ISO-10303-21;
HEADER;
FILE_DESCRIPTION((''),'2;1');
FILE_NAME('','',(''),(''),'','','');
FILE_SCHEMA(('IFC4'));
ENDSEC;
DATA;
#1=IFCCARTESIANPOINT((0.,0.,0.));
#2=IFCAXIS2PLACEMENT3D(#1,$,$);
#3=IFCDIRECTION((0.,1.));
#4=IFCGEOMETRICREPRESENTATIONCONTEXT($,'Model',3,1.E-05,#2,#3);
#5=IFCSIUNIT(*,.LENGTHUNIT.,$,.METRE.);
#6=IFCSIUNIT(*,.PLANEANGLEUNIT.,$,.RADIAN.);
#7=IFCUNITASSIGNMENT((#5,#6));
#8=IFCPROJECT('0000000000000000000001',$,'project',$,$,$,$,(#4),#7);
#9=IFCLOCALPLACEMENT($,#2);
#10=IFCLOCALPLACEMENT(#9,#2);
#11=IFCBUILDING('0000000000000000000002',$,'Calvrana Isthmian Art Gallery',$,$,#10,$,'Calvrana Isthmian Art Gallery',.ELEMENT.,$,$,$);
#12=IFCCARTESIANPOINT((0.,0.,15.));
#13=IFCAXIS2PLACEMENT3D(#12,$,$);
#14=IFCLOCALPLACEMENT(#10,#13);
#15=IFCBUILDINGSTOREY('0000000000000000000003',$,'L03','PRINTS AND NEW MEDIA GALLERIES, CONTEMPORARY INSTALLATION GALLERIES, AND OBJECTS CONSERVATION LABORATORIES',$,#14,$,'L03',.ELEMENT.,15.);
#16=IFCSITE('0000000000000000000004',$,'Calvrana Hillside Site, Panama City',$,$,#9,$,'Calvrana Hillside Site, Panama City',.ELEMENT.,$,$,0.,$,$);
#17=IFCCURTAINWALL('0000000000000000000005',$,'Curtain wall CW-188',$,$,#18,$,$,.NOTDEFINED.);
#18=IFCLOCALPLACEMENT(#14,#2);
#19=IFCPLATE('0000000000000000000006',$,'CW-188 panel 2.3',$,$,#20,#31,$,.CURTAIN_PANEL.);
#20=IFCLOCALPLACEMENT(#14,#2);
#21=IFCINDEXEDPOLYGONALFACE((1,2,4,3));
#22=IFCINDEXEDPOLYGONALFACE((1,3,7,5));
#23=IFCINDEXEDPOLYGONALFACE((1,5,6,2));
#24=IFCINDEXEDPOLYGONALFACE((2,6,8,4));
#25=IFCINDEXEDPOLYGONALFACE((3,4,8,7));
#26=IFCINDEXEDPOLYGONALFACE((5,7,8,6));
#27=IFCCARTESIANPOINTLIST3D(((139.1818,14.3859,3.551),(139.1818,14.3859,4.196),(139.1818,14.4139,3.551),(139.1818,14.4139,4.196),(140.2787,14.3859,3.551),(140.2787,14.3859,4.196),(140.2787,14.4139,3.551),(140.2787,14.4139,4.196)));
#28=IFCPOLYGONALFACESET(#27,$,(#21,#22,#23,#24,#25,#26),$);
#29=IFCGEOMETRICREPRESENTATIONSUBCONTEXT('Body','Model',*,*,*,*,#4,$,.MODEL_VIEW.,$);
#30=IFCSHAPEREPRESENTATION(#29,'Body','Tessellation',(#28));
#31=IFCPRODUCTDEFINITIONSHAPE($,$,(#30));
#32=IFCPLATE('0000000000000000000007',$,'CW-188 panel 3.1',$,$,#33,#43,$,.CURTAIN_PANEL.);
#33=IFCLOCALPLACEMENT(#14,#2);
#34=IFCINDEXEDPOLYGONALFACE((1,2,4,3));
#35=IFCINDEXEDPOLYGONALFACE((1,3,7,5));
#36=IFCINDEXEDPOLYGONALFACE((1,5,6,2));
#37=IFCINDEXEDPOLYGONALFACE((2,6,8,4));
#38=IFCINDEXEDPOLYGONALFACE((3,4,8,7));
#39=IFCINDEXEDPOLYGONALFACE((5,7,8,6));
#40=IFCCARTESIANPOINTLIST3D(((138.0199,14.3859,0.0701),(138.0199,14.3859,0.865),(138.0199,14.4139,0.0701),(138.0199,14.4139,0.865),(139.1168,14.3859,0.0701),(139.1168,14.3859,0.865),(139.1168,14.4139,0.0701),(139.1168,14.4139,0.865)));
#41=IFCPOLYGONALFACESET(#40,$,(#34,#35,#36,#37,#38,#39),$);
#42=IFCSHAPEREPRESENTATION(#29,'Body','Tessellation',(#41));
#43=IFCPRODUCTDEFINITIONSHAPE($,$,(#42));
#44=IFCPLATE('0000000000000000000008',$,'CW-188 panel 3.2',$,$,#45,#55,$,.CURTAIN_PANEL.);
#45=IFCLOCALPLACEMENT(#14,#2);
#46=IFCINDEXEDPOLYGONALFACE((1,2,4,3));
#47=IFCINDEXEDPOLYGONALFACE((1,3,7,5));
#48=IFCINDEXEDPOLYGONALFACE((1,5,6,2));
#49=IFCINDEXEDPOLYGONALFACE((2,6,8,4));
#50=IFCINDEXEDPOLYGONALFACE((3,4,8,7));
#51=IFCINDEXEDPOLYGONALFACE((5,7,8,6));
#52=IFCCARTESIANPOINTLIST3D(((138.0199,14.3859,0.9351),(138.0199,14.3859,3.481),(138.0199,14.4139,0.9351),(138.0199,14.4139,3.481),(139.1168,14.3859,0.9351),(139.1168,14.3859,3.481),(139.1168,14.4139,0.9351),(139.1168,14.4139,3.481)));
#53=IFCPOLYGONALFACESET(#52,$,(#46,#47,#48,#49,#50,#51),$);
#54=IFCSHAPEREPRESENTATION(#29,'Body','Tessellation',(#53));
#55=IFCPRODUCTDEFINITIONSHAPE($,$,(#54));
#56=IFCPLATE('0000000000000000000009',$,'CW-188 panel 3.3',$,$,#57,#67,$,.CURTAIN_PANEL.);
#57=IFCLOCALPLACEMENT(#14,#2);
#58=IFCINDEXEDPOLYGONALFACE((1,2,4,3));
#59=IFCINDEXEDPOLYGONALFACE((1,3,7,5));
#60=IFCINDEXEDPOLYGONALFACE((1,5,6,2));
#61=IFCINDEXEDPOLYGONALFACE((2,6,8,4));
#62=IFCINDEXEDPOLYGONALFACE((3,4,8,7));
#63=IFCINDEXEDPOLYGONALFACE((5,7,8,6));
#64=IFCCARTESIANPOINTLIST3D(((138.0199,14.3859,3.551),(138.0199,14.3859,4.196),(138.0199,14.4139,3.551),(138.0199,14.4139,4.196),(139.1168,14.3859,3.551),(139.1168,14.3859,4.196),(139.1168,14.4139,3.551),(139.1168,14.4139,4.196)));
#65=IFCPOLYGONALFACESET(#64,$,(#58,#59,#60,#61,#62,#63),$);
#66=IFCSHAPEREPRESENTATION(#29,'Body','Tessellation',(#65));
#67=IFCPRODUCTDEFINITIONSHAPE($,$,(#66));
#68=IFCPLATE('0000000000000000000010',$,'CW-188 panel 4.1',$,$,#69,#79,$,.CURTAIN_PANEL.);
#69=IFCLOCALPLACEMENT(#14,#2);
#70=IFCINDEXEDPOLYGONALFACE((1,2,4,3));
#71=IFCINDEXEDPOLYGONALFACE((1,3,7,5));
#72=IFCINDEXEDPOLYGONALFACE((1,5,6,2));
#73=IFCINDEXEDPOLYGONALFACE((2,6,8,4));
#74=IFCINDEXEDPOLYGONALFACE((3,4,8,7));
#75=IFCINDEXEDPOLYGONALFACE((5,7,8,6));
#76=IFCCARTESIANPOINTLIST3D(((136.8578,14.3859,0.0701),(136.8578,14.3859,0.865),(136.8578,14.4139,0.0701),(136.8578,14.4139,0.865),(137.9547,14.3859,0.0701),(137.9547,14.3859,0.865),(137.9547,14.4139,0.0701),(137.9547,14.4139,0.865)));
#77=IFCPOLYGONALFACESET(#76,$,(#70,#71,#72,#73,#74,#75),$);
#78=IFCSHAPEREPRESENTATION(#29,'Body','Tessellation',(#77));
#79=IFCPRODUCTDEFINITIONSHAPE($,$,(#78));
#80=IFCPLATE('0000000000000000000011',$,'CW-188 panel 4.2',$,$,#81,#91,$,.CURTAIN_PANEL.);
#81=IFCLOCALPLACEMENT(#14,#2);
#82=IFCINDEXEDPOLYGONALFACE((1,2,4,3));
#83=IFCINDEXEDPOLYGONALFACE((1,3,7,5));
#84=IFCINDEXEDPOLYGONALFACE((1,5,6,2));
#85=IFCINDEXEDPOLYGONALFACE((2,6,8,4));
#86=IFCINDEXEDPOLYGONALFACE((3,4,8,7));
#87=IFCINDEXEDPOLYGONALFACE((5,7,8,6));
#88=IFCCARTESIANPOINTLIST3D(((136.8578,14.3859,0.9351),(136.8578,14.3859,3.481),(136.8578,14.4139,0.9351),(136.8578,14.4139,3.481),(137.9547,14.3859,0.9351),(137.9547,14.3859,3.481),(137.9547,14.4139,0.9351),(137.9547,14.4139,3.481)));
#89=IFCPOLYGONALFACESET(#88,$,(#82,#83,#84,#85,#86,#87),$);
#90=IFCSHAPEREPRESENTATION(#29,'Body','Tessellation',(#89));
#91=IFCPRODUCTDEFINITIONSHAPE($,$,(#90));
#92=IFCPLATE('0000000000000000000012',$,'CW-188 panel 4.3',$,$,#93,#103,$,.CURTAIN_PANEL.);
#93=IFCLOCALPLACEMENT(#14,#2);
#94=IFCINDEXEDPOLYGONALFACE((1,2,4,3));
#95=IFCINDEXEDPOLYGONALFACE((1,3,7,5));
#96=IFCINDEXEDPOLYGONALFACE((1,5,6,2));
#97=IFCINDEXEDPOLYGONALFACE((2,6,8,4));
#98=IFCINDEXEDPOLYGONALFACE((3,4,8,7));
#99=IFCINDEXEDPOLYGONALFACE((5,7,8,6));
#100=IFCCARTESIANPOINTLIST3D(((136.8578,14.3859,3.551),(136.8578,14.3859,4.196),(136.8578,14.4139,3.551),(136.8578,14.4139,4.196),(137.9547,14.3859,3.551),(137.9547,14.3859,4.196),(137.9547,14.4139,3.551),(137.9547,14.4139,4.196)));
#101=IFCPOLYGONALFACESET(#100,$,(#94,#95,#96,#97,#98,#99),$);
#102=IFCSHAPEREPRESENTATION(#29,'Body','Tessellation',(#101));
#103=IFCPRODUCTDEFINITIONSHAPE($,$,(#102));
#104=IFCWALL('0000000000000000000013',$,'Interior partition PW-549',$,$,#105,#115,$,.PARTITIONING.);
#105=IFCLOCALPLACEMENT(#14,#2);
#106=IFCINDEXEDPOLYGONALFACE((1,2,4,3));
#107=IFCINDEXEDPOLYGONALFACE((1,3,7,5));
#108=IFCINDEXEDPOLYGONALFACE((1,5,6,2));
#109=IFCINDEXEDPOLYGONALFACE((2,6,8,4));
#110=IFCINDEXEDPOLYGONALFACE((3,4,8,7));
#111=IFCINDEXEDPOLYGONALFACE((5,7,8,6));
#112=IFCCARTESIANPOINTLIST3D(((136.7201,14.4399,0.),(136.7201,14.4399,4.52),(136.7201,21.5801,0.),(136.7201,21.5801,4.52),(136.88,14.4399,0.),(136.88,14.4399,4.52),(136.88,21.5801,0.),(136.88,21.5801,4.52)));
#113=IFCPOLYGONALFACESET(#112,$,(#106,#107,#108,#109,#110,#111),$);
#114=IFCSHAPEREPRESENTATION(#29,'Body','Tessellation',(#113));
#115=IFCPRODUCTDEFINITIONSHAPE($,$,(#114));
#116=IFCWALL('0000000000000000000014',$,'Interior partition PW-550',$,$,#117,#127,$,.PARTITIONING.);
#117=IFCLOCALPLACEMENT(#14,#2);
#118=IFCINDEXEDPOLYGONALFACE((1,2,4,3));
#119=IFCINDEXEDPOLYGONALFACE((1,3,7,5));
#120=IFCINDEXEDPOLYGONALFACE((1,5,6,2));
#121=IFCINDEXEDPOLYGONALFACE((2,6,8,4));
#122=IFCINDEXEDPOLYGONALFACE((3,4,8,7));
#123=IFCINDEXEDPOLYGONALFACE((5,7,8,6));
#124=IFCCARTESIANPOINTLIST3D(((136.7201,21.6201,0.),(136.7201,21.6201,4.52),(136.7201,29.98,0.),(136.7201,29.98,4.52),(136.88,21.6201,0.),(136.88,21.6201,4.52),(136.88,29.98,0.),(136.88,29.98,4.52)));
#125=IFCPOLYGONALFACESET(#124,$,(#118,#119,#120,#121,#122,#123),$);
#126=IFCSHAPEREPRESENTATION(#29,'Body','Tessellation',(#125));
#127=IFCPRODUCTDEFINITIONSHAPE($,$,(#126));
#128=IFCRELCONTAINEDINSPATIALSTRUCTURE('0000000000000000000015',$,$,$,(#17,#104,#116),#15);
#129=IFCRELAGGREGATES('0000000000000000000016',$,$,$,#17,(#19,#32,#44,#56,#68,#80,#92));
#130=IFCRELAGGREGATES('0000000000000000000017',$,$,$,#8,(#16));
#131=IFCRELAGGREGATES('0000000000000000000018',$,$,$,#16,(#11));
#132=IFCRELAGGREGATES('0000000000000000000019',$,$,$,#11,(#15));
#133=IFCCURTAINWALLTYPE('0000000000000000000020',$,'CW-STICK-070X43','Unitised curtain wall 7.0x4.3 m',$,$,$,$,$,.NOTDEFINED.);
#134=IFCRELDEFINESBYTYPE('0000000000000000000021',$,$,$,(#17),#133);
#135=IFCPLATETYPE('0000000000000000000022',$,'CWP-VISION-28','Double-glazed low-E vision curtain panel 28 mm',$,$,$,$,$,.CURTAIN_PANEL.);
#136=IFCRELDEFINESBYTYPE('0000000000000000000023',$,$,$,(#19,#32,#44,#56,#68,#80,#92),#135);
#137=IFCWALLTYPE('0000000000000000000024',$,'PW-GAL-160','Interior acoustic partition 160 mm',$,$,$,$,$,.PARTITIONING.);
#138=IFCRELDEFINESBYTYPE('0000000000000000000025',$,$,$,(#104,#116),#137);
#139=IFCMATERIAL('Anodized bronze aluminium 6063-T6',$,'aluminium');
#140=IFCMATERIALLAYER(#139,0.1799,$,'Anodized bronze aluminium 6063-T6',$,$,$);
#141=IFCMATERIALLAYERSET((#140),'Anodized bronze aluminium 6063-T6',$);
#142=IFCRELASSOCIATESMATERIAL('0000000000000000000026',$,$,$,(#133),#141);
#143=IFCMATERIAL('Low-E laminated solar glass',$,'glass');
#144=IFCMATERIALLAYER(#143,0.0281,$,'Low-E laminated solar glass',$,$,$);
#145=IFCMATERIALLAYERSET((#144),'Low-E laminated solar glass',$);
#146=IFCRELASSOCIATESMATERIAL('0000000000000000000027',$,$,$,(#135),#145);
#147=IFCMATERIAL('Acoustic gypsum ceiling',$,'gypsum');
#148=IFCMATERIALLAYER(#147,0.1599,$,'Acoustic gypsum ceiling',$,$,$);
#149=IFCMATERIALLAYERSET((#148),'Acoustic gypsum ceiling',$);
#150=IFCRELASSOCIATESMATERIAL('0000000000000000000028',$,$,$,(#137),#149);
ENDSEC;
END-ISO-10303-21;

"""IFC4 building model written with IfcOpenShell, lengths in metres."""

from ifc_helpers import new_model, si_unit, direction, frame, frame_2d, origin, origin_2d, place, context, subcontext, project, spatial, rectangle, extrude, material, layer, layer_set, type_object, element, aggregate, save


model = new_model("IFC4")

# Units and contexts
model_context = context("Model", 3, precision=1e-05, world=origin(), true_north=direction((0.0, 1.0)))
body_context = subcontext(model_context, "Body", "Model", "MODEL_VIEW")
ifc_project = project(units=[si_unit("LENGTHUNIT", "METRE"), si_unit("PLANEANGLEUNIT", "RADIAN")], contexts=[model_context])

# Site, building, storey
site_placement = place(None, origin())
site = spatial("IfcSite", under=ifc_project, at=site_placement, Name="Calvrana Hillside Site, Panama City", LongName="Calvrana Hillside Site, Panama City", CompositionType="ELEMENT", RefElevation=0.0)
building_placement = place(site_placement, origin())
building = spatial("IfcBuilding", under=site, at=building_placement, Name="Calvrana Isthmian Art Gallery", LongName="Calvrana Isthmian Art Gallery", CompositionType="ELEMENT")
storey_placement = place(building_placement, frame((0.0, 0.0, 15.0)))
storey = spatial("IfcBuildingStorey", under=building, at=storey_placement, Name="L03", Description="PRINTS AND NEW MEDIA GALLERIES, CONTEMPORARY INSTALLATION GALLERIES, AND OBJECTS CONSERVATION LABORATORIES", LongName="L03", CompositionType="ELEMENT", Elevation=15.0)

# Curtain wall, plates
ifc_material_1 = material(Name="Anodized bronze aluminium 6063-T6", Category="aluminium")
ifc_layer_1 = layer(ifc_material_1, 0.1799, Name="Anodized bronze aluminium 6063-T6")
ifc_layer_set_1 = layer_set([ifc_layer_1], Name="Anodized bronze aluminium 6063-T6")
curtain_wall_type = type_object("IfcCurtainWallType", Name="CW-STICK-070X43", Description="Unitised curtain wall 7.0x4.3 m", PredefinedType="NOTDEFINED", material=ifc_layer_set_1)
curtain_wall_placement = place(storey_placement, origin())
curtain_wall = element("IfcCurtainWall", 1, at=curtain_wall_placement, inside=storey, type_object=curtain_wall_type, Name="Curtain wall CW-188", PredefinedType="NOTDEFINED")
ifc_material_2 = material(Name="Low-E laminated solar glass", Category="glass")
ifc_layer_2 = layer(ifc_material_2, 0.0281, Name="Low-E laminated solar glass")
ifc_layer_set_2 = layer_set([ifc_layer_2], Name="Low-E laminated solar glass")
plate_type = type_object("IfcPlateType", Name="CWP-VISION-28", Description="Double-glazed low-E vision curtain panel 28 mm", PredefinedType="CURTAIN_PANEL", material=ifc_layer_set_2)
plate_1_placement = place(storey_placement, frame((139.7302, 14.3999, 3.551), z_axis=(0.0, 0.0, 1.0), x_axis=(-1.0, 0.0, 0.0)))
plate_1 = element("IfcPlate", 2, at=plate_1_placement, type_object=plate_type, Name="CW-188 panel 2.3", PredefinedType="CURTAIN_PANEL", context=body_context, shape_type="SweptSolid", body=[
    extrude(rectangle(XDim=1.0969, YDim=0.0281, at=origin_2d()), origin(), (0.0, 0.0, 1.0), 0.645),
])
plate_2_placement = place(storey_placement, frame((138.5684, 14.3999, 0.0701), z_axis=(0.0, 0.0, 1.0), x_axis=(-1.0, 0.0, 0.0)))
plate_2 = element("IfcPlate", 3, at=plate_2_placement, type_object=plate_type, Name="CW-188 panel 3.1", PredefinedType="CURTAIN_PANEL", context=body_context, shape_type="SweptSolid", body=[
    extrude(rectangle(XDim=1.0969, YDim=0.0281, at=origin_2d()), origin(), (0.0, 0.0, 1.0), 0.7949),
])
plate_3_placement = place(storey_placement, frame((138.5684, 14.3999, 0.9351), z_axis=(0.0, 0.0, 1.0), x_axis=(-1.0, 0.0, 0.0)))
plate_3 = element("IfcPlate", 4, at=plate_3_placement, type_object=plate_type, Name="CW-188 panel 3.2", PredefinedType="CURTAIN_PANEL", context=body_context, shape_type="SweptSolid", body=[
    extrude(rectangle(XDim=1.0969, YDim=0.0281, at=origin_2d()), origin(), (0.0, 0.0, 1.0), 2.5459),
])
plate_4_placement = place(storey_placement, frame((138.5684, 14.3999, 3.551), z_axis=(0.0, 0.0, 1.0), x_axis=(-1.0, 0.0, 0.0)))
plate_4 = element("IfcPlate", 5, at=plate_4_placement, type_object=plate_type, Name="CW-188 panel 3.3", PredefinedType="CURTAIN_PANEL", context=body_context, shape_type="SweptSolid", body=[
    extrude(rectangle(XDim=1.0969, YDim=0.0281, at=origin_2d()), origin(), (0.0, 0.0, 1.0), 0.645),
])
plate_5_placement = place(storey_placement, frame((137.4062, 14.3999, 0.0701), z_axis=(0.0, 0.0, 1.0), x_axis=(-1.0, 0.0, 0.0)))
plate_5 = element("IfcPlate", 6, at=plate_5_placement, type_object=plate_type, Name="CW-188 panel 4.1", PredefinedType="CURTAIN_PANEL", context=body_context, shape_type="SweptSolid", body=[
    extrude(rectangle(XDim=1.0969, YDim=0.0281, at=origin_2d()), origin(), (0.0, 0.0, 1.0), 0.7949),
])
plate_6_placement = place(storey_placement, frame((137.4062, 14.3999, 0.9351), z_axis=(0.0, 0.0, 1.0), x_axis=(-1.0, 0.0, 0.0)))
plate_6 = element("IfcPlate", 7, at=plate_6_placement, type_object=plate_type, Name="CW-188 panel 4.2", PredefinedType="CURTAIN_PANEL", context=body_context, shape_type="SweptSolid", body=[
    extrude(rectangle(XDim=1.0969, YDim=0.0281, at=origin_2d()), origin(), (0.0, 0.0, 1.0), 2.5459),
])
plate_7_placement = place(storey_placement, frame((137.4062, 14.3999, 3.551), z_axis=(0.0, 0.0, 1.0), x_axis=(-1.0, 0.0, 0.0)))
plate_7 = element("IfcPlate", 8, at=plate_7_placement, type_object=plate_type, Name="CW-188 panel 4.3", PredefinedType="CURTAIN_PANEL", context=body_context, shape_type="SweptSolid", body=[
    extrude(rectangle(XDim=1.0969, YDim=0.0281, at=origin_2d()), origin(), (0.0, 0.0, 1.0), 0.645),
])
aggregate(curtain_wall, [plate_1, plate_2, plate_3, plate_4, plate_5, plate_6, plate_7])

# Walls
ifc_material_3 = material(Name="Acoustic gypsum ceiling", Category="gypsum")
ifc_layer_3 = layer(ifc_material_3, 0.1599, Name="Acoustic gypsum ceiling")
ifc_layer_set_3 = layer_set([ifc_layer_3], Name="Acoustic gypsum ceiling")
wall_type = type_object("IfcWallType", Name="PW-GAL-160", Description="Interior acoustic partition 160 mm", PredefinedType="PARTITIONING", material=ifc_layer_set_3)
wall_1_placement = place(storey_placement, frame((136.8, 14.4399, 0.0), z_axis=(0.0, 0.0, 1.0), x_axis=(0.0, 1.0, 0.0)))
element("IfcWall", 9, at=wall_1_placement, inside=storey, type_object=wall_type, Name="Interior partition PW-549", PredefinedType="PARTITIONING", context=body_context, shape_type="SweptSolid", body=[
    extrude(rectangle(XDim=7.1401, YDim=0.1599, at=frame_2d((3.5701, 0.0))), origin(), (0.0, 0.0, 1.0), 4.52),
])
wall_2_placement = place(storey_placement, frame((136.8, 21.6201, 0.0), z_axis=(0.0, 0.0, 1.0), x_axis=(0.0, 1.0, 0.0)))
element("IfcWall", 10, at=wall_2_placement, inside=storey, type_object=wall_type, Name="Interior partition PW-550", PredefinedType="PARTITIONING", context=body_context, shape_type="SweptSolid", body=[
    extrude(rectangle(XDim=8.3599, YDim=0.1599, at=frame_2d((4.1799, 0.0))), origin(), (0.0, 0.0, 1.0), 4.52),
])

save(model, "model.ifc")
